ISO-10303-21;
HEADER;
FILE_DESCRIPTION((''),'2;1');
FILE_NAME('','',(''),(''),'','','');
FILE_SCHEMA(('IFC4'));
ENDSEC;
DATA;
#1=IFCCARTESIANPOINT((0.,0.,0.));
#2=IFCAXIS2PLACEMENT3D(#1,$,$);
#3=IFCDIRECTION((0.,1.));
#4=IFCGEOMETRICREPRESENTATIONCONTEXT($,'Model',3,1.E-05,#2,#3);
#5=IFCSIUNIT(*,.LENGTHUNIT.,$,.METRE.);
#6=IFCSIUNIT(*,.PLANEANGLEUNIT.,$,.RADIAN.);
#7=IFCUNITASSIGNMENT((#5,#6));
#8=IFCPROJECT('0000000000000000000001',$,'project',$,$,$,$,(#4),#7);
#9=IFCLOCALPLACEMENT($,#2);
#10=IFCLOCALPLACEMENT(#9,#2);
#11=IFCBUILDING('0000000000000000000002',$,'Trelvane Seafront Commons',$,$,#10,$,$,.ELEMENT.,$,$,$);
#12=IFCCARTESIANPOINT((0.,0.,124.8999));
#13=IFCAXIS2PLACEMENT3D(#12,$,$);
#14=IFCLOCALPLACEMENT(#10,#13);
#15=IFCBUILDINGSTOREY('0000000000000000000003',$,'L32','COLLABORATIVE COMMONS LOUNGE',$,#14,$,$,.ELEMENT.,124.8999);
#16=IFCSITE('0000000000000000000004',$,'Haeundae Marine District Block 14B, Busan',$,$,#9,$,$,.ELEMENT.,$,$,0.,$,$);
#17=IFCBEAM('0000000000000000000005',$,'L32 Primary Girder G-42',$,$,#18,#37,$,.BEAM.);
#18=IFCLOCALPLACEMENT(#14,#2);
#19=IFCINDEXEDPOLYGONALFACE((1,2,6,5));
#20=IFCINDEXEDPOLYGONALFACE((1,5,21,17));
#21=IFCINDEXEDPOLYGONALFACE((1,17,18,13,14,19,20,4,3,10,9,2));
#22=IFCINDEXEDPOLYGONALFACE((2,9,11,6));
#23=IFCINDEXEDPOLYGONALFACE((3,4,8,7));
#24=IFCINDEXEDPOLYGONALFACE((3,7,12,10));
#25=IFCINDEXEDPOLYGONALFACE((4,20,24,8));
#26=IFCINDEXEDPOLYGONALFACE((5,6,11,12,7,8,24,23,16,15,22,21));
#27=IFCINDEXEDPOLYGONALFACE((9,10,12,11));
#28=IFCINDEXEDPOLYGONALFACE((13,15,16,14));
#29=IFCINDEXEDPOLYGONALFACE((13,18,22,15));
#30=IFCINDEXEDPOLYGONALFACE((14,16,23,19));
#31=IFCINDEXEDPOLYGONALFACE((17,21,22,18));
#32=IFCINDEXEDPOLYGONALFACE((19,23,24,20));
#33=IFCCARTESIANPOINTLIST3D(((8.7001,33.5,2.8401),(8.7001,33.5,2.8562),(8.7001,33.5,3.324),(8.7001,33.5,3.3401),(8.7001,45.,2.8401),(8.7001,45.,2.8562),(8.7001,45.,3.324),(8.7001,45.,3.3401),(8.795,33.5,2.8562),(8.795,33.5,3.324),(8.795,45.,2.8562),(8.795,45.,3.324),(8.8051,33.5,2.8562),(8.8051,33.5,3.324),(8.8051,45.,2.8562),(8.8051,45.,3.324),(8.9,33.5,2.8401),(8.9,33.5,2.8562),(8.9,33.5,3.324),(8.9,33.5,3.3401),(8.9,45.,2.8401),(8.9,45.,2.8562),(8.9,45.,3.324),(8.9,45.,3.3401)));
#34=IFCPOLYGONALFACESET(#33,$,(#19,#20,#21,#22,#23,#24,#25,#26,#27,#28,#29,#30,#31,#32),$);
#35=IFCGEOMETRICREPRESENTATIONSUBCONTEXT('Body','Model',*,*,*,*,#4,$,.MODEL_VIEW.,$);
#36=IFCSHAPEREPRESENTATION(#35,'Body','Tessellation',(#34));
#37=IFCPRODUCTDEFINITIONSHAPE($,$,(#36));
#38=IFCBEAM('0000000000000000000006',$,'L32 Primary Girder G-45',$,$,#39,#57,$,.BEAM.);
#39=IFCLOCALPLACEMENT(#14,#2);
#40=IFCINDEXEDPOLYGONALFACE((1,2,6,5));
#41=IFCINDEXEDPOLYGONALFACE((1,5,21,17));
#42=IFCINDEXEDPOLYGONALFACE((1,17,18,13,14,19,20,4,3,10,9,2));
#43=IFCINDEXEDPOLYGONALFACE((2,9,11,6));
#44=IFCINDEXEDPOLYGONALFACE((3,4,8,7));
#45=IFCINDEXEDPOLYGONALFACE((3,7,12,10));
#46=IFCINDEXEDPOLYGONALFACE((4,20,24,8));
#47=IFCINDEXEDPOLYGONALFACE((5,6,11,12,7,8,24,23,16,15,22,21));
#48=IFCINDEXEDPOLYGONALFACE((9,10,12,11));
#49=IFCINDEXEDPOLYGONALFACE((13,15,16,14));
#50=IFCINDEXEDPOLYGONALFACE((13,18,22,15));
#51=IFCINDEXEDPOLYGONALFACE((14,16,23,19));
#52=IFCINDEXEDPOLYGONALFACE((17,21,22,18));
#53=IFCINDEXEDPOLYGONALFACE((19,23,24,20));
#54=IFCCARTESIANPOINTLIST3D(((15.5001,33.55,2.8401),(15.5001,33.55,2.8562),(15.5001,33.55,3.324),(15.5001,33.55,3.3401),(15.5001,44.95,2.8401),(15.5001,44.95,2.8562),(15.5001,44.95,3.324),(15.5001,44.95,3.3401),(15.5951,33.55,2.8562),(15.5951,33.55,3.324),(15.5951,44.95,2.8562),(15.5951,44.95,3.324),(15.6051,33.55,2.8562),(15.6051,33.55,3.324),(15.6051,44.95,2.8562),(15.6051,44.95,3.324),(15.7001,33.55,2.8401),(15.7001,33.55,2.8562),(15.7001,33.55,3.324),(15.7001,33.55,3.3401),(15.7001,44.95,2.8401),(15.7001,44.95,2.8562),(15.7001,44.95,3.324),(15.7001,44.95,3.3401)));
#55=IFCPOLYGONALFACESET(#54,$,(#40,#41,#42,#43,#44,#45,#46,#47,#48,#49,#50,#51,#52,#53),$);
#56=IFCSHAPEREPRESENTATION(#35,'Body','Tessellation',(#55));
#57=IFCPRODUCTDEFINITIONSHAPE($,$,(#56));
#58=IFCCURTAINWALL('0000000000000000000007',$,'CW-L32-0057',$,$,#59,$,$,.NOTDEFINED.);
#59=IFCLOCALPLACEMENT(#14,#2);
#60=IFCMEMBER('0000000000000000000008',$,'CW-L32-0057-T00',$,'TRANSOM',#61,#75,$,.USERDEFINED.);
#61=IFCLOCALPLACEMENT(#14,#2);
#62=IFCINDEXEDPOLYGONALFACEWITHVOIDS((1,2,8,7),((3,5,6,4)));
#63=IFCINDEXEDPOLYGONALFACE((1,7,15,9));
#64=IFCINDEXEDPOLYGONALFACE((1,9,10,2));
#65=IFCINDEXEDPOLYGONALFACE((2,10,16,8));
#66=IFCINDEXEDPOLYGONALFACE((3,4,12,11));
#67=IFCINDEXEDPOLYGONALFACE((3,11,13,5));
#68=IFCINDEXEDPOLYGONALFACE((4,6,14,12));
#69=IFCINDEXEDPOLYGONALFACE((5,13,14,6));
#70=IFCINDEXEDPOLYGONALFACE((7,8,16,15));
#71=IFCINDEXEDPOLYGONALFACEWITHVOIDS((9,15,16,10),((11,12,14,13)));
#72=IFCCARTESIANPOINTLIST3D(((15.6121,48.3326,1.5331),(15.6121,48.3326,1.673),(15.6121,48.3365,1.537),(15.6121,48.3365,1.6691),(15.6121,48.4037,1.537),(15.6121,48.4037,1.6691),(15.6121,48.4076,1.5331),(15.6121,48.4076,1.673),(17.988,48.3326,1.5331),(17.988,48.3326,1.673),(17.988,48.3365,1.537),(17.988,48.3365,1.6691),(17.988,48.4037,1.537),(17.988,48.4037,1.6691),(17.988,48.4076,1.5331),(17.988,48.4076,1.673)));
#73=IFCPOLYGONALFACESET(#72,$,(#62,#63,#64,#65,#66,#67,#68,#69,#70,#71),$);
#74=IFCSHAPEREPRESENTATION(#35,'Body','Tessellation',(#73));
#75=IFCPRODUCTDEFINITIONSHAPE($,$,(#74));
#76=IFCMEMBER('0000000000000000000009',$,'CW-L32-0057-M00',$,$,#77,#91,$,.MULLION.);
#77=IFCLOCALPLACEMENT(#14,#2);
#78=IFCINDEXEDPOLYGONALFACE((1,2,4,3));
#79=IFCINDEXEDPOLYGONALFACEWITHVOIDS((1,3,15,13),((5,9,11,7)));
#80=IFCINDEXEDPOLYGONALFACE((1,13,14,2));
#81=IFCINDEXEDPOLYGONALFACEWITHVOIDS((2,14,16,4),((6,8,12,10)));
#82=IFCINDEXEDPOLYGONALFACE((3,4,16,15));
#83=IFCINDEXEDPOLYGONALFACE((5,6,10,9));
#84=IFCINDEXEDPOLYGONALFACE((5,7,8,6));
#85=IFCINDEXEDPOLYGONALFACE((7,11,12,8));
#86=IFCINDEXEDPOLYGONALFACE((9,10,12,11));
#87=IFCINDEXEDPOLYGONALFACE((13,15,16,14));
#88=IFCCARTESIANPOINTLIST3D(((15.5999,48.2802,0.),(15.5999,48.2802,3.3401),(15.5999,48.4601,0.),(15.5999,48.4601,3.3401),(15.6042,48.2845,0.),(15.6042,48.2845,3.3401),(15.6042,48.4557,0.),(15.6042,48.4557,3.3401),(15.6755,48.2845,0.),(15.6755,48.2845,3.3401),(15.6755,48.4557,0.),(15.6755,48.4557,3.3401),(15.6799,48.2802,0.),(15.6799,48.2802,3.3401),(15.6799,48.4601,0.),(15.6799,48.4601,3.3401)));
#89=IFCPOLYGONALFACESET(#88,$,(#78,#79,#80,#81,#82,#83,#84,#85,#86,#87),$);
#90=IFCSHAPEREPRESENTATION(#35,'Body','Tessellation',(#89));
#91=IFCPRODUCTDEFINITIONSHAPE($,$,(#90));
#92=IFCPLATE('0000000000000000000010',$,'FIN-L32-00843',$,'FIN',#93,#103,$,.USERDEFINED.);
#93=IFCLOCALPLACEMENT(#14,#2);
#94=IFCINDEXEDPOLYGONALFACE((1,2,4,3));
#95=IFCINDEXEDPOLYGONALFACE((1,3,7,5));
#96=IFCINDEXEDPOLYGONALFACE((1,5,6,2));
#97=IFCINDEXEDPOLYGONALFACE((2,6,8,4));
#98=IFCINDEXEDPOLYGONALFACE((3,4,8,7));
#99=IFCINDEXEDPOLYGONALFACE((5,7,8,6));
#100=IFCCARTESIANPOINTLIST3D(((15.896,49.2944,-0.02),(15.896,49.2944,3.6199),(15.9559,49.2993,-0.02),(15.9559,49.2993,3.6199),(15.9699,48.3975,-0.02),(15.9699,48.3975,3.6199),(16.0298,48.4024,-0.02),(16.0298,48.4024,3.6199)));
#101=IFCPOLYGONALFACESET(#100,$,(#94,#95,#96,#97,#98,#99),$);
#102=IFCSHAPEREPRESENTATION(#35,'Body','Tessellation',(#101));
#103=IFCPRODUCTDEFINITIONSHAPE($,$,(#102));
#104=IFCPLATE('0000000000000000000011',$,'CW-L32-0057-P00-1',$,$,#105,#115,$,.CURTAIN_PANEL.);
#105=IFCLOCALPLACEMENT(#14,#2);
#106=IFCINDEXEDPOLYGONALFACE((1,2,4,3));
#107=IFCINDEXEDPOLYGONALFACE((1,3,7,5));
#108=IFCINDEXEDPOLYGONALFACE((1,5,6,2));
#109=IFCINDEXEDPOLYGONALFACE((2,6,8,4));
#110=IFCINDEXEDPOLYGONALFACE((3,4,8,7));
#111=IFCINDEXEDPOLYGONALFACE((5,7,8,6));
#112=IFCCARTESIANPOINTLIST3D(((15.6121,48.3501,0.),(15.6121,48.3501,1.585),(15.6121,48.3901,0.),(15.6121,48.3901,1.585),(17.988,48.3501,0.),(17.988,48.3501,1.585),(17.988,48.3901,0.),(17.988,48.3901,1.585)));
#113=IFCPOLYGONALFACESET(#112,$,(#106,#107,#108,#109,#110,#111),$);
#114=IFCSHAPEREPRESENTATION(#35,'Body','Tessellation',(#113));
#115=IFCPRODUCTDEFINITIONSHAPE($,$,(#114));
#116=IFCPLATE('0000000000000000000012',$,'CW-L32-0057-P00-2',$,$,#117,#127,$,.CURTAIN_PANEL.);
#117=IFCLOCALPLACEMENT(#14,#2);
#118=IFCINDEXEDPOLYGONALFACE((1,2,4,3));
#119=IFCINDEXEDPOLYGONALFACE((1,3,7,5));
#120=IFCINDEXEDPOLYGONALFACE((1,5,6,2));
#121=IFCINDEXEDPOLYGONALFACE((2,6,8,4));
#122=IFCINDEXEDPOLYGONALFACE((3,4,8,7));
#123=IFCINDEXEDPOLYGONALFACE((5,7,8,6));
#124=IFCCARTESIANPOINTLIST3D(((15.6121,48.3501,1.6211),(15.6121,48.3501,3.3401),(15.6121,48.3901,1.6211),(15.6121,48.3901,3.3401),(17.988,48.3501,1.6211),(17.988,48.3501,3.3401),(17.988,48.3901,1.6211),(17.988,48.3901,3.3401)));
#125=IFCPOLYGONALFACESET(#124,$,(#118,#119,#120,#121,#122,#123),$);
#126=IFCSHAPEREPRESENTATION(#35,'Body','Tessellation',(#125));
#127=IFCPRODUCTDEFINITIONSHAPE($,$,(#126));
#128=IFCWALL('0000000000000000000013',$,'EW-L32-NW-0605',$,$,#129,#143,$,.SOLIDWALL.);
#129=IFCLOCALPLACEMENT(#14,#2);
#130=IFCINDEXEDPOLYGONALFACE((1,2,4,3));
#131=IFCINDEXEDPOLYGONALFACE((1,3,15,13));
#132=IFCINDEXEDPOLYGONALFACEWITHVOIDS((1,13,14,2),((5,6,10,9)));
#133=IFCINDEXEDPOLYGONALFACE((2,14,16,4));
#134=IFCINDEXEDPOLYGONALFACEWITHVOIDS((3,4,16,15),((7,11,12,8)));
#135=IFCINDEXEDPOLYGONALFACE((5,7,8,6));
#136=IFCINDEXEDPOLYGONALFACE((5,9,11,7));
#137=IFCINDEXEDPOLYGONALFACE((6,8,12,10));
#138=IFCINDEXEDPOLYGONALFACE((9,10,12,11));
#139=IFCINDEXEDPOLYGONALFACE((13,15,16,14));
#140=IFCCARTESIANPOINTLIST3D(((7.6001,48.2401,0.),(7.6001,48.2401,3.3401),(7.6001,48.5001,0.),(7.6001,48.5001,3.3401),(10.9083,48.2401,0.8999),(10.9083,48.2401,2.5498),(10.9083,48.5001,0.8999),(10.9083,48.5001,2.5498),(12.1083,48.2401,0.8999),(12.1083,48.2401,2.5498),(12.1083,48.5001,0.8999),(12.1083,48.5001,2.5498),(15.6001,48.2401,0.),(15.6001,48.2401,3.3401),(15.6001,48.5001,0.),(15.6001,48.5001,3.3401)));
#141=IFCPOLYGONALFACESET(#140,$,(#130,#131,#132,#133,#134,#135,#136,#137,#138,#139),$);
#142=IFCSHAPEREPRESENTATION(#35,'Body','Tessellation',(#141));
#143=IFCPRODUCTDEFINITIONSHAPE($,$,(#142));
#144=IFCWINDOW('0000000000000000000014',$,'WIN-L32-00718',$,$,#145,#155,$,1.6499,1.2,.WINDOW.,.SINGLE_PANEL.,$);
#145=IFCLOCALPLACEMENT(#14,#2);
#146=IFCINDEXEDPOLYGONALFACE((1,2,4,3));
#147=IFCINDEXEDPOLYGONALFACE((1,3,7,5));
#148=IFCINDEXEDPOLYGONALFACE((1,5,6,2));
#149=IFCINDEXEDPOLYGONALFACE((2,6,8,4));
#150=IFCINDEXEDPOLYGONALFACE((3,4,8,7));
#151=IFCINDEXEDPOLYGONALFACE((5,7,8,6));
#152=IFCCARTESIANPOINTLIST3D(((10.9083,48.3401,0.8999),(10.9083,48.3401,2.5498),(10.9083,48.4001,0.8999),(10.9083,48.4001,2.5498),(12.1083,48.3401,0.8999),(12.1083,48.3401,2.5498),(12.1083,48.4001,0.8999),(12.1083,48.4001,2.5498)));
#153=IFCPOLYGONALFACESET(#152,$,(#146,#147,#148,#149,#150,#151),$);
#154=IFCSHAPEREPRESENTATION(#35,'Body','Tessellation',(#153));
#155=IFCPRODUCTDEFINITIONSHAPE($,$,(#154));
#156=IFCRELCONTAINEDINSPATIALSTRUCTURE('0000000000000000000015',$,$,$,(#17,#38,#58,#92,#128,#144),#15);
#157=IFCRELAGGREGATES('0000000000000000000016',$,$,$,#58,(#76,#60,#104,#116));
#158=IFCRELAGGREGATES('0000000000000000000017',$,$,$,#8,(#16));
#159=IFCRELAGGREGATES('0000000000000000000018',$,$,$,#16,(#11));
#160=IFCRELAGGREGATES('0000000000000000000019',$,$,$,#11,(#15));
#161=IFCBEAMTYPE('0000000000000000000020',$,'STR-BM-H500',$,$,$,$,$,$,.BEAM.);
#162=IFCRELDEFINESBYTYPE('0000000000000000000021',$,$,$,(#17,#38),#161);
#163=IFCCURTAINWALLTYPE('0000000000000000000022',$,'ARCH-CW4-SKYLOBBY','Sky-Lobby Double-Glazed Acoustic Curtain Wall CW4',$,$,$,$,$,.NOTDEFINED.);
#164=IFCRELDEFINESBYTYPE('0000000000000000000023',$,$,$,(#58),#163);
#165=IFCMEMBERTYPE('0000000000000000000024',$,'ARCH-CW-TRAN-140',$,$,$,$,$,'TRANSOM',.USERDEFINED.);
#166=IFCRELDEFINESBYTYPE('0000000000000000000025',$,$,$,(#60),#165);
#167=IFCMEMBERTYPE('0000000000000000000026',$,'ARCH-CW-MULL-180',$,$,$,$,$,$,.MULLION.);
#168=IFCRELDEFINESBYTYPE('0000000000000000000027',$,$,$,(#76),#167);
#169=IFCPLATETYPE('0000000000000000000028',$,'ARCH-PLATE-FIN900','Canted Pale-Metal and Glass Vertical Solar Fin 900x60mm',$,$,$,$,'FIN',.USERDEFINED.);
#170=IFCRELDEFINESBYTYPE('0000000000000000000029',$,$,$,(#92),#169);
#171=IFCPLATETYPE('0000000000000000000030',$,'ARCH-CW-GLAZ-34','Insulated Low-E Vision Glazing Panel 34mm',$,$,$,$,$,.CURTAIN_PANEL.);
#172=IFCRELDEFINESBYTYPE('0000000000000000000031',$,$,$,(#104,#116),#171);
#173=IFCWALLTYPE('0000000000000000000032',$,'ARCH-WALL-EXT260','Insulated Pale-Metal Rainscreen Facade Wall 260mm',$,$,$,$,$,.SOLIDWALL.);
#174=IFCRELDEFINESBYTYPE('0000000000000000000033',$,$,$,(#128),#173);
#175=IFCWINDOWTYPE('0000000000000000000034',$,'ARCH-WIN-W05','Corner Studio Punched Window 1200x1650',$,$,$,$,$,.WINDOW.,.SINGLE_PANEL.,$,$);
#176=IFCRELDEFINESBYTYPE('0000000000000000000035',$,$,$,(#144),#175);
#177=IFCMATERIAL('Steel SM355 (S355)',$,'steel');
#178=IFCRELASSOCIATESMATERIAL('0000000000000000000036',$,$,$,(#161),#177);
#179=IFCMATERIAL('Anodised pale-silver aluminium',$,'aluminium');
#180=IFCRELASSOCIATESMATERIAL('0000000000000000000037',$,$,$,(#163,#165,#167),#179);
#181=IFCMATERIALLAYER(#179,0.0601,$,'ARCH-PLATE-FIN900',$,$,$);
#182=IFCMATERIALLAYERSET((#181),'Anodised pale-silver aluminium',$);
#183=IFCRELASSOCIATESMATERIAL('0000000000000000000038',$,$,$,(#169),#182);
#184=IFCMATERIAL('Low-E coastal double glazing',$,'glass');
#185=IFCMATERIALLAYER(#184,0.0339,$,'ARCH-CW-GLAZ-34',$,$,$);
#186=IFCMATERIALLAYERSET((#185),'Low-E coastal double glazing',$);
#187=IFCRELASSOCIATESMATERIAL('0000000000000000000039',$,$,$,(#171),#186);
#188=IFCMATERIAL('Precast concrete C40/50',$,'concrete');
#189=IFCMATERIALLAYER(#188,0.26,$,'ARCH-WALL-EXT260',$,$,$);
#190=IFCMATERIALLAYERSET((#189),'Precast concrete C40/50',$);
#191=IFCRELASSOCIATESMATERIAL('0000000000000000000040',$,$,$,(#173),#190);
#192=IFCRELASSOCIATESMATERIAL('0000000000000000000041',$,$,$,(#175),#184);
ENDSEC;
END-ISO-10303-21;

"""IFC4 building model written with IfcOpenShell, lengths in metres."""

from ifc_helpers import new_model, si_unit, direction, frame, frame_2d, origin, origin_2d, place, context, subcontext, project, spatial, rectangle, hollow_rectangle, i_section, extrude, source, transform, mapped, material, layer, layer_set, material_profile, profile_set, type_object, element, fill, aggregate, save


model = new_model("IFC4")

# Units and contexts
model_context = context("Model", 3, precision=1e-05, world=origin(), true_north=direction((0.0, 1.0)))
body_context = subcontext(model_context, "Body", "Model", "MODEL_VIEW")
ifc_project = project(units=[si_unit("LENGTHUNIT", "METRE"), si_unit("PLANEANGLEUNIT", "RADIAN")], contexts=[model_context])

# Site, building, storey
site_placement = place(None, origin())
site = spatial("IfcSite", under=ifc_project, at=site_placement, Name="Haeundae Marine District Block 14B, Busan", CompositionType="ELEMENT", RefElevation=0.0)
building_placement = place(site_placement, origin())
building = spatial("IfcBuilding", under=site, at=building_placement, Name="Trelvane Seafront Commons", CompositionType="ELEMENT")
storey_placement = place(building_placement, frame((0.0, 0.0, 124.8999)))
storey = spatial("IfcBuildingStorey", under=building, at=storey_placement, Name="L32", Description="COLLABORATIVE COMMONS LOUNGE", CompositionType="ELEMENT", Elevation=124.8999)

# Shared definitions
ifc_material_1 = material(Name="Steel SM355 (S355)", Category="steel")

# Beams
ifc_material_profile_1 = material_profile(ifc_material_1, i_section(OverallWidth=0.2, OverallDepth=0.5, WebThickness=0.01, FlangeThickness=0.0161, at=origin_2d()), Name="H-500x200x10x16")
ifc_profile_set_1 = profile_set([ifc_material_profile_1], Name="Steel SM355 (S355)")
beam_type_1 = type_object("IfcBeamType", Name="STR-BM-H500", PredefinedType="BEAM", material=ifc_profile_set_1)
shared_shape_1 = source(origin(), body_context, "Body", "SweptSolid", [
    extrude(i_section(OverallWidth=0.2, OverallDepth=0.5, WebThickness=0.01, FlangeThickness=0.0161, at=origin_2d()), origin(), (0.0, 0.0, 1.0), 11.5),
])
for number, where, z_axis, x_axis, name in (
    (1, (8.8, 33.5, 3.0901), (0.0, 1.0, 0.0), (-1.0, 0.0, 0.0), "L32 Primary Girder G-42"),
):
    element("IfcBeam", number, at=place(storey_placement, frame(where, z_axis=z_axis, x_axis=x_axis)), inside=storey, type_object=beam_type_1, Name=name, PredefinedType="BEAM", context=body_context, shape_type="MappedRepresentation", body=[
        mapped(shared_shape_1, transform((0.0, 0.0, 0.0), x_axis=(1.0, 0.0, 0.0), y_axis=(0.0, 1.0, 0.0), z_axis=(0.0, 0.0, 1.0), scale=1.0)),
    ])
shared_shape_2 = source(origin(), body_context, "Body", "SweptSolid", [
    extrude(i_section(OverallWidth=0.2, OverallDepth=0.5, WebThickness=0.01, FlangeThickness=0.0161, at=origin_2d()), origin(), (0.0, 0.0, 1.0), 11.3999),
])
beam_1_placement = place(storey_placement, frame((15.6001, 33.55, 3.0901), z_axis=(0.0, 1.0, 0.0), x_axis=(-1.0, 0.0, 0.0)))
element("IfcBeam", 2, at=beam_1_placement, inside=storey, type_object=beam_type_1, Name="L32 Primary Girder G-45", PredefinedType="BEAM", context=body_context, shape_type="MappedRepresentation", body=[
    mapped(shared_shape_2, transform((0.0, 0.0, 0.0), x_axis=(1.0, 0.0, 0.0), y_axis=(0.0, 1.0, 0.0), z_axis=(0.0, 0.0, 1.0), scale=1.0)),
])

# Curtain wall, members
ifc_material_2 = material(Name="Anodised pale-silver aluminium", Category="aluminium")
curtain_wall_type = type_object("IfcCurtainWallType", Name="ARCH-CW4-SKYLOBBY", Description="Sky-Lobby Double-Glazed Acoustic Curtain Wall CW4", PredefinedType="NOTDEFINED", material=ifc_material_2)
curtain_wall_placement = place(storey_placement, origin())
curtain_wall = element("IfcCurtainWall", 3, at=curtain_wall_placement, inside=storey, type_object=curtain_wall_type, Name="CW-L32-0057", PredefinedType="NOTDEFINED")
ifc_material_profile_2 = material_profile(ifc_material_2, hollow_rectangle(XDim=0.075, YDim=0.1399, WallThickness=0.0039, at=origin_2d()), Name="TRAN-75x140x4")
ifc_profile_set_2 = profile_set([ifc_material_profile_2], Name="Anodised pale-silver aluminium")
member_type_1 = type_object("IfcMemberType", Name="ARCH-CW-TRAN-140", ElementType="TRANSOM", PredefinedType="USERDEFINED", material=ifc_profile_set_2)
shared_shape_3 = source(origin(), body_context, "Body", "SweptSolid", [
    extrude(hollow_rectangle(XDim=0.075, YDim=0.1399, WallThickness=0.0039, at=origin_2d()), origin(), (0.0, 0.0, 1.0), 2.376),
])
member_1_placement = place(storey_placement, frame((15.6121, 48.3701, 1.603), z_axis=(1.0, 0.0, 0.0), x_axis=(0.0, 1.0, 0.0)))
member_1 = element("IfcMember", 4, at=member_1_placement, type_object=member_type_1, Name="CW-L32-0057-T00", ObjectType="TRANSOM", PredefinedType="USERDEFINED", context=body_context, shape_type="MappedRepresentation", body=[
    mapped(shared_shape_3, transform((0.0, 0.0, 0.0), x_axis=(1.0, 0.0, 0.0), y_axis=(0.0, 1.0, 0.0), z_axis=(0.0, 0.0, 1.0), scale=1.0)),
])
ifc_material_profile_3 = material_profile(ifc_material_2, hollow_rectangle(XDim=0.0801, YDim=0.1799, WallThickness=0.0044, at=origin_2d()), Name="MULL-80x180x4.5")
ifc_profile_set_3 = profile_set([ifc_material_profile_3], Name="Anodised pale-silver aluminium")
member_type_2 = type_object("IfcMemberType", Name="ARCH-CW-MULL-180", PredefinedType="MULLION", material=ifc_profile_set_3)
shared_shape_4 = source(origin(), body_context, "Body", "SweptSolid", [
    extrude(hollow_rectangle(XDim=0.0801, YDim=0.1799, WallThickness=0.0044, at=origin_2d()), origin(), (0.0, 0.0, 1.0), 3.3401),
])
member_2_placement = place(storey_placement, frame((15.6399, 48.3701, 0.0), z_axis=(0.0, 0.0, 1.0), x_axis=(1.0, 0.0, 0.0)))
member_2 = element("IfcMember", 5, at=member_2_placement, type_object=member_type_2, Name="CW-L32-0057-M00", PredefinedType="MULLION", context=body_context, shape_type="MappedRepresentation", body=[
    mapped(shared_shape_4, transform((0.0, 0.0, 0.0), x_axis=(1.0, 0.0, 0.0), y_axis=(0.0, 1.0, 0.0), z_axis=(0.0, 0.0, 1.0), scale=1.0)),
])

# Plates
ifc_layer_1 = layer(ifc_material_2, 0.0601, Name="ARCH-PLATE-FIN900")
ifc_layer_set_1 = layer_set([ifc_layer_1], Name="Anodised pale-silver aluminium")
plate_type_1 = type_object("IfcPlateType", Name="ARCH-PLATE-FIN900", Description="Canted Pale-Metal and Glass Vertical Solar Fin 900x60mm", ElementType="FIN", PredefinedType="USERDEFINED", material=ifc_layer_set_1)
shared_shape_5 = source(origin(), body_context, "Body", "SweptSolid", [
    extrude(rectangle(XDim=0.8999, YDim=0.0601, at=origin_2d()), origin(), (0.0, 0.0, 1.0), 3.6399),
])
plate_1_placement = place(storey_placement, frame((15.9629, 48.8484, -0.02), z_axis=(0.0, 0.0, 1.0), x_axis=(-0.082107, 0.996624, 0.0)))
element("IfcPlate", 6, at=plate_1_placement, inside=storey, type_object=plate_type_1, Name="FIN-L32-00843", ObjectType="FIN", PredefinedType="USERDEFINED", context=body_context, shape_type="MappedRepresentation", body=[
    mapped(shared_shape_5, transform((0.0, 0.0, 0.0), x_axis=(1.0, 0.0, 0.0), y_axis=(0.0, 1.0, 0.0), z_axis=(0.0, 0.0, 1.0), scale=1.0)),
])
ifc_material_3 = material(Name="Low-E coastal double glazing", Category="glass")
ifc_layer_2 = layer(ifc_material_3, 0.0339, Name="ARCH-CW-GLAZ-34")
ifc_layer_set_2 = layer_set([ifc_layer_2], Name="Low-E coastal double glazing")
plate_type_2 = type_object("IfcPlateType", Name="ARCH-CW-GLAZ-34", Description="Insulated Low-E Vision Glazing Panel 34mm", PredefinedType="CURTAIN_PANEL", material=ifc_layer_set_2)
shared_shape_6 = source(origin(), body_context, "Body", "SweptSolid", [
    extrude(rectangle(XDim=2.376, YDim=0.04, at=origin_2d()), origin(), (0.0, 0.0, 1.0), 1.585),
])
plate_2_placement = place(storey_placement, frame((16.8, 48.3701, 0.0), z_axis=(0.0, 0.0, 1.0), x_axis=(1.0, 0.0, 0.0)))
plate_2 = element("IfcPlate", 7, at=plate_2_placement, type_object=plate_type_2, Name="CW-L32-0057-P00-1", PredefinedType="CURTAIN_PANEL", context=body_context, shape_type="MappedRepresentation", body=[
    mapped(shared_shape_6, transform((0.0, 0.0, 0.0), x_axis=(1.0, 0.0, 0.0), y_axis=(0.0, 1.0, 0.0), z_axis=(0.0, 0.0, 1.0), scale=1.0)),
])
shared_shape_7 = source(origin(), body_context, "Body", "SweptSolid", [
    extrude(rectangle(XDim=2.376, YDim=0.04, at=origin_2d()), origin(), (0.0, 0.0, 1.0), 1.719),
])
plate_3_placement = place(storey_placement, frame((16.8, 48.3701, 1.6211), z_axis=(0.0, 0.0, 1.0), x_axis=(1.0, 0.0, 0.0)))
plate_3 = element("IfcPlate", 8, at=plate_3_placement, type_object=plate_type_2, Name="CW-L32-0057-P00-2", PredefinedType="CURTAIN_PANEL", context=body_context, shape_type="MappedRepresentation", body=[
    mapped(shared_shape_7, transform((0.0, 0.0, 0.0), x_axis=(1.0, 0.0, 0.0), y_axis=(0.0, 1.0, 0.0), z_axis=(0.0, 0.0, 1.0), scale=1.0)),
])
aggregate(curtain_wall, [member_2, member_1, plate_2, plate_3])

# Wall, opening, window
ifc_material_4 = material(Name="Precast concrete C40/50", Category="concrete")
ifc_layer_3 = layer(ifc_material_4, 0.26, Name="ARCH-WALL-EXT260")
ifc_layer_set_3 = layer_set([ifc_layer_3], Name="Precast concrete C40/50")
wall_type_1 = type_object("IfcWallType", Name="ARCH-WALL-EXT260", Description="Insulated Pale-Metal Rainscreen Facade Wall 260mm", PredefinedType="SOLIDWALL", material=ifc_layer_set_3)
wall_1_placement = place(storey_placement, frame((7.6001, 48.3701, 0.0), z_axis=(0.0, 0.0, 1.0), x_axis=(1.0, 0.0, 0.0)))
wall_1 = element("IfcWall", 9, at=wall_1_placement, inside=storey, type_object=wall_type_1, Name="EW-L32-NW-0605", PredefinedType="SOLIDWALL", context=body_context, shape_type="SweptSolid", body=[
    extrude(rectangle(XDim=8.0, YDim=0.26, at=frame_2d((4.0, 0.0))), origin(), (0.0, 0.0, 1.0), 3.3401),
])
opening_1_placement = place(wall_1_placement, frame((3.3081, 0.0, 0.8999)))
opening_1 = element("IfcOpeningElement", 10, at=opening_1_placement, cuts=wall_1, PredefinedType="OPENING", context=body_context, shape_type="SweptSolid", body=[
    extrude(rectangle(XDim=1.2, YDim=1.6499, at=frame_2d((0.6001, 0.825))), frame((0.0, 0.1399, 0.0), z_axis=(0.0, -1.0, 0.0), x_axis=(1.0, 0.0, 0.0)), (0.0, 0.0, 1.0), 0.28),
])
window_type = type_object("IfcWindowType", Name="ARCH-WIN-W05", Description="Corner Studio Punched Window 1200x1650", PartitioningType="SINGLE_PANEL", PredefinedType="WINDOW", material=ifc_material_3)
shared_shape_8 = source(origin(), body_context, "Body", "SweptSolid", [
    extrude(rectangle(XDim=1.2, YDim=1.6499, at=frame_2d((0.6001, 0.825))), frame((0.0, 0.03, 0.0), z_axis=(0.0, -1.0, 0.0), x_axis=(1.0, 0.0, 0.0)), (0.0, 0.0, 1.0), 0.0601),
])
window_placement = place(opening_1_placement, origin())
window = element("IfcWindow", 11, at=window_placement, inside=storey, type_object=window_type, Name="WIN-L32-00718", OverallHeight=1.6499, OverallWidth=1.2, PartitioningType="SINGLE_PANEL", PredefinedType="WINDOW", context=body_context, shape_type="MappedRepresentation", body=[
    mapped(shared_shape_8, transform((0.0, 0.0, 0.0), x_axis=(1.0, 0.0, 0.0), y_axis=(0.0, 1.0, 0.0), z_axis=(0.0, 0.0, 1.0), scale=1.0)),
])
fill(opening_1, window)

save(model, "model.ifc")
